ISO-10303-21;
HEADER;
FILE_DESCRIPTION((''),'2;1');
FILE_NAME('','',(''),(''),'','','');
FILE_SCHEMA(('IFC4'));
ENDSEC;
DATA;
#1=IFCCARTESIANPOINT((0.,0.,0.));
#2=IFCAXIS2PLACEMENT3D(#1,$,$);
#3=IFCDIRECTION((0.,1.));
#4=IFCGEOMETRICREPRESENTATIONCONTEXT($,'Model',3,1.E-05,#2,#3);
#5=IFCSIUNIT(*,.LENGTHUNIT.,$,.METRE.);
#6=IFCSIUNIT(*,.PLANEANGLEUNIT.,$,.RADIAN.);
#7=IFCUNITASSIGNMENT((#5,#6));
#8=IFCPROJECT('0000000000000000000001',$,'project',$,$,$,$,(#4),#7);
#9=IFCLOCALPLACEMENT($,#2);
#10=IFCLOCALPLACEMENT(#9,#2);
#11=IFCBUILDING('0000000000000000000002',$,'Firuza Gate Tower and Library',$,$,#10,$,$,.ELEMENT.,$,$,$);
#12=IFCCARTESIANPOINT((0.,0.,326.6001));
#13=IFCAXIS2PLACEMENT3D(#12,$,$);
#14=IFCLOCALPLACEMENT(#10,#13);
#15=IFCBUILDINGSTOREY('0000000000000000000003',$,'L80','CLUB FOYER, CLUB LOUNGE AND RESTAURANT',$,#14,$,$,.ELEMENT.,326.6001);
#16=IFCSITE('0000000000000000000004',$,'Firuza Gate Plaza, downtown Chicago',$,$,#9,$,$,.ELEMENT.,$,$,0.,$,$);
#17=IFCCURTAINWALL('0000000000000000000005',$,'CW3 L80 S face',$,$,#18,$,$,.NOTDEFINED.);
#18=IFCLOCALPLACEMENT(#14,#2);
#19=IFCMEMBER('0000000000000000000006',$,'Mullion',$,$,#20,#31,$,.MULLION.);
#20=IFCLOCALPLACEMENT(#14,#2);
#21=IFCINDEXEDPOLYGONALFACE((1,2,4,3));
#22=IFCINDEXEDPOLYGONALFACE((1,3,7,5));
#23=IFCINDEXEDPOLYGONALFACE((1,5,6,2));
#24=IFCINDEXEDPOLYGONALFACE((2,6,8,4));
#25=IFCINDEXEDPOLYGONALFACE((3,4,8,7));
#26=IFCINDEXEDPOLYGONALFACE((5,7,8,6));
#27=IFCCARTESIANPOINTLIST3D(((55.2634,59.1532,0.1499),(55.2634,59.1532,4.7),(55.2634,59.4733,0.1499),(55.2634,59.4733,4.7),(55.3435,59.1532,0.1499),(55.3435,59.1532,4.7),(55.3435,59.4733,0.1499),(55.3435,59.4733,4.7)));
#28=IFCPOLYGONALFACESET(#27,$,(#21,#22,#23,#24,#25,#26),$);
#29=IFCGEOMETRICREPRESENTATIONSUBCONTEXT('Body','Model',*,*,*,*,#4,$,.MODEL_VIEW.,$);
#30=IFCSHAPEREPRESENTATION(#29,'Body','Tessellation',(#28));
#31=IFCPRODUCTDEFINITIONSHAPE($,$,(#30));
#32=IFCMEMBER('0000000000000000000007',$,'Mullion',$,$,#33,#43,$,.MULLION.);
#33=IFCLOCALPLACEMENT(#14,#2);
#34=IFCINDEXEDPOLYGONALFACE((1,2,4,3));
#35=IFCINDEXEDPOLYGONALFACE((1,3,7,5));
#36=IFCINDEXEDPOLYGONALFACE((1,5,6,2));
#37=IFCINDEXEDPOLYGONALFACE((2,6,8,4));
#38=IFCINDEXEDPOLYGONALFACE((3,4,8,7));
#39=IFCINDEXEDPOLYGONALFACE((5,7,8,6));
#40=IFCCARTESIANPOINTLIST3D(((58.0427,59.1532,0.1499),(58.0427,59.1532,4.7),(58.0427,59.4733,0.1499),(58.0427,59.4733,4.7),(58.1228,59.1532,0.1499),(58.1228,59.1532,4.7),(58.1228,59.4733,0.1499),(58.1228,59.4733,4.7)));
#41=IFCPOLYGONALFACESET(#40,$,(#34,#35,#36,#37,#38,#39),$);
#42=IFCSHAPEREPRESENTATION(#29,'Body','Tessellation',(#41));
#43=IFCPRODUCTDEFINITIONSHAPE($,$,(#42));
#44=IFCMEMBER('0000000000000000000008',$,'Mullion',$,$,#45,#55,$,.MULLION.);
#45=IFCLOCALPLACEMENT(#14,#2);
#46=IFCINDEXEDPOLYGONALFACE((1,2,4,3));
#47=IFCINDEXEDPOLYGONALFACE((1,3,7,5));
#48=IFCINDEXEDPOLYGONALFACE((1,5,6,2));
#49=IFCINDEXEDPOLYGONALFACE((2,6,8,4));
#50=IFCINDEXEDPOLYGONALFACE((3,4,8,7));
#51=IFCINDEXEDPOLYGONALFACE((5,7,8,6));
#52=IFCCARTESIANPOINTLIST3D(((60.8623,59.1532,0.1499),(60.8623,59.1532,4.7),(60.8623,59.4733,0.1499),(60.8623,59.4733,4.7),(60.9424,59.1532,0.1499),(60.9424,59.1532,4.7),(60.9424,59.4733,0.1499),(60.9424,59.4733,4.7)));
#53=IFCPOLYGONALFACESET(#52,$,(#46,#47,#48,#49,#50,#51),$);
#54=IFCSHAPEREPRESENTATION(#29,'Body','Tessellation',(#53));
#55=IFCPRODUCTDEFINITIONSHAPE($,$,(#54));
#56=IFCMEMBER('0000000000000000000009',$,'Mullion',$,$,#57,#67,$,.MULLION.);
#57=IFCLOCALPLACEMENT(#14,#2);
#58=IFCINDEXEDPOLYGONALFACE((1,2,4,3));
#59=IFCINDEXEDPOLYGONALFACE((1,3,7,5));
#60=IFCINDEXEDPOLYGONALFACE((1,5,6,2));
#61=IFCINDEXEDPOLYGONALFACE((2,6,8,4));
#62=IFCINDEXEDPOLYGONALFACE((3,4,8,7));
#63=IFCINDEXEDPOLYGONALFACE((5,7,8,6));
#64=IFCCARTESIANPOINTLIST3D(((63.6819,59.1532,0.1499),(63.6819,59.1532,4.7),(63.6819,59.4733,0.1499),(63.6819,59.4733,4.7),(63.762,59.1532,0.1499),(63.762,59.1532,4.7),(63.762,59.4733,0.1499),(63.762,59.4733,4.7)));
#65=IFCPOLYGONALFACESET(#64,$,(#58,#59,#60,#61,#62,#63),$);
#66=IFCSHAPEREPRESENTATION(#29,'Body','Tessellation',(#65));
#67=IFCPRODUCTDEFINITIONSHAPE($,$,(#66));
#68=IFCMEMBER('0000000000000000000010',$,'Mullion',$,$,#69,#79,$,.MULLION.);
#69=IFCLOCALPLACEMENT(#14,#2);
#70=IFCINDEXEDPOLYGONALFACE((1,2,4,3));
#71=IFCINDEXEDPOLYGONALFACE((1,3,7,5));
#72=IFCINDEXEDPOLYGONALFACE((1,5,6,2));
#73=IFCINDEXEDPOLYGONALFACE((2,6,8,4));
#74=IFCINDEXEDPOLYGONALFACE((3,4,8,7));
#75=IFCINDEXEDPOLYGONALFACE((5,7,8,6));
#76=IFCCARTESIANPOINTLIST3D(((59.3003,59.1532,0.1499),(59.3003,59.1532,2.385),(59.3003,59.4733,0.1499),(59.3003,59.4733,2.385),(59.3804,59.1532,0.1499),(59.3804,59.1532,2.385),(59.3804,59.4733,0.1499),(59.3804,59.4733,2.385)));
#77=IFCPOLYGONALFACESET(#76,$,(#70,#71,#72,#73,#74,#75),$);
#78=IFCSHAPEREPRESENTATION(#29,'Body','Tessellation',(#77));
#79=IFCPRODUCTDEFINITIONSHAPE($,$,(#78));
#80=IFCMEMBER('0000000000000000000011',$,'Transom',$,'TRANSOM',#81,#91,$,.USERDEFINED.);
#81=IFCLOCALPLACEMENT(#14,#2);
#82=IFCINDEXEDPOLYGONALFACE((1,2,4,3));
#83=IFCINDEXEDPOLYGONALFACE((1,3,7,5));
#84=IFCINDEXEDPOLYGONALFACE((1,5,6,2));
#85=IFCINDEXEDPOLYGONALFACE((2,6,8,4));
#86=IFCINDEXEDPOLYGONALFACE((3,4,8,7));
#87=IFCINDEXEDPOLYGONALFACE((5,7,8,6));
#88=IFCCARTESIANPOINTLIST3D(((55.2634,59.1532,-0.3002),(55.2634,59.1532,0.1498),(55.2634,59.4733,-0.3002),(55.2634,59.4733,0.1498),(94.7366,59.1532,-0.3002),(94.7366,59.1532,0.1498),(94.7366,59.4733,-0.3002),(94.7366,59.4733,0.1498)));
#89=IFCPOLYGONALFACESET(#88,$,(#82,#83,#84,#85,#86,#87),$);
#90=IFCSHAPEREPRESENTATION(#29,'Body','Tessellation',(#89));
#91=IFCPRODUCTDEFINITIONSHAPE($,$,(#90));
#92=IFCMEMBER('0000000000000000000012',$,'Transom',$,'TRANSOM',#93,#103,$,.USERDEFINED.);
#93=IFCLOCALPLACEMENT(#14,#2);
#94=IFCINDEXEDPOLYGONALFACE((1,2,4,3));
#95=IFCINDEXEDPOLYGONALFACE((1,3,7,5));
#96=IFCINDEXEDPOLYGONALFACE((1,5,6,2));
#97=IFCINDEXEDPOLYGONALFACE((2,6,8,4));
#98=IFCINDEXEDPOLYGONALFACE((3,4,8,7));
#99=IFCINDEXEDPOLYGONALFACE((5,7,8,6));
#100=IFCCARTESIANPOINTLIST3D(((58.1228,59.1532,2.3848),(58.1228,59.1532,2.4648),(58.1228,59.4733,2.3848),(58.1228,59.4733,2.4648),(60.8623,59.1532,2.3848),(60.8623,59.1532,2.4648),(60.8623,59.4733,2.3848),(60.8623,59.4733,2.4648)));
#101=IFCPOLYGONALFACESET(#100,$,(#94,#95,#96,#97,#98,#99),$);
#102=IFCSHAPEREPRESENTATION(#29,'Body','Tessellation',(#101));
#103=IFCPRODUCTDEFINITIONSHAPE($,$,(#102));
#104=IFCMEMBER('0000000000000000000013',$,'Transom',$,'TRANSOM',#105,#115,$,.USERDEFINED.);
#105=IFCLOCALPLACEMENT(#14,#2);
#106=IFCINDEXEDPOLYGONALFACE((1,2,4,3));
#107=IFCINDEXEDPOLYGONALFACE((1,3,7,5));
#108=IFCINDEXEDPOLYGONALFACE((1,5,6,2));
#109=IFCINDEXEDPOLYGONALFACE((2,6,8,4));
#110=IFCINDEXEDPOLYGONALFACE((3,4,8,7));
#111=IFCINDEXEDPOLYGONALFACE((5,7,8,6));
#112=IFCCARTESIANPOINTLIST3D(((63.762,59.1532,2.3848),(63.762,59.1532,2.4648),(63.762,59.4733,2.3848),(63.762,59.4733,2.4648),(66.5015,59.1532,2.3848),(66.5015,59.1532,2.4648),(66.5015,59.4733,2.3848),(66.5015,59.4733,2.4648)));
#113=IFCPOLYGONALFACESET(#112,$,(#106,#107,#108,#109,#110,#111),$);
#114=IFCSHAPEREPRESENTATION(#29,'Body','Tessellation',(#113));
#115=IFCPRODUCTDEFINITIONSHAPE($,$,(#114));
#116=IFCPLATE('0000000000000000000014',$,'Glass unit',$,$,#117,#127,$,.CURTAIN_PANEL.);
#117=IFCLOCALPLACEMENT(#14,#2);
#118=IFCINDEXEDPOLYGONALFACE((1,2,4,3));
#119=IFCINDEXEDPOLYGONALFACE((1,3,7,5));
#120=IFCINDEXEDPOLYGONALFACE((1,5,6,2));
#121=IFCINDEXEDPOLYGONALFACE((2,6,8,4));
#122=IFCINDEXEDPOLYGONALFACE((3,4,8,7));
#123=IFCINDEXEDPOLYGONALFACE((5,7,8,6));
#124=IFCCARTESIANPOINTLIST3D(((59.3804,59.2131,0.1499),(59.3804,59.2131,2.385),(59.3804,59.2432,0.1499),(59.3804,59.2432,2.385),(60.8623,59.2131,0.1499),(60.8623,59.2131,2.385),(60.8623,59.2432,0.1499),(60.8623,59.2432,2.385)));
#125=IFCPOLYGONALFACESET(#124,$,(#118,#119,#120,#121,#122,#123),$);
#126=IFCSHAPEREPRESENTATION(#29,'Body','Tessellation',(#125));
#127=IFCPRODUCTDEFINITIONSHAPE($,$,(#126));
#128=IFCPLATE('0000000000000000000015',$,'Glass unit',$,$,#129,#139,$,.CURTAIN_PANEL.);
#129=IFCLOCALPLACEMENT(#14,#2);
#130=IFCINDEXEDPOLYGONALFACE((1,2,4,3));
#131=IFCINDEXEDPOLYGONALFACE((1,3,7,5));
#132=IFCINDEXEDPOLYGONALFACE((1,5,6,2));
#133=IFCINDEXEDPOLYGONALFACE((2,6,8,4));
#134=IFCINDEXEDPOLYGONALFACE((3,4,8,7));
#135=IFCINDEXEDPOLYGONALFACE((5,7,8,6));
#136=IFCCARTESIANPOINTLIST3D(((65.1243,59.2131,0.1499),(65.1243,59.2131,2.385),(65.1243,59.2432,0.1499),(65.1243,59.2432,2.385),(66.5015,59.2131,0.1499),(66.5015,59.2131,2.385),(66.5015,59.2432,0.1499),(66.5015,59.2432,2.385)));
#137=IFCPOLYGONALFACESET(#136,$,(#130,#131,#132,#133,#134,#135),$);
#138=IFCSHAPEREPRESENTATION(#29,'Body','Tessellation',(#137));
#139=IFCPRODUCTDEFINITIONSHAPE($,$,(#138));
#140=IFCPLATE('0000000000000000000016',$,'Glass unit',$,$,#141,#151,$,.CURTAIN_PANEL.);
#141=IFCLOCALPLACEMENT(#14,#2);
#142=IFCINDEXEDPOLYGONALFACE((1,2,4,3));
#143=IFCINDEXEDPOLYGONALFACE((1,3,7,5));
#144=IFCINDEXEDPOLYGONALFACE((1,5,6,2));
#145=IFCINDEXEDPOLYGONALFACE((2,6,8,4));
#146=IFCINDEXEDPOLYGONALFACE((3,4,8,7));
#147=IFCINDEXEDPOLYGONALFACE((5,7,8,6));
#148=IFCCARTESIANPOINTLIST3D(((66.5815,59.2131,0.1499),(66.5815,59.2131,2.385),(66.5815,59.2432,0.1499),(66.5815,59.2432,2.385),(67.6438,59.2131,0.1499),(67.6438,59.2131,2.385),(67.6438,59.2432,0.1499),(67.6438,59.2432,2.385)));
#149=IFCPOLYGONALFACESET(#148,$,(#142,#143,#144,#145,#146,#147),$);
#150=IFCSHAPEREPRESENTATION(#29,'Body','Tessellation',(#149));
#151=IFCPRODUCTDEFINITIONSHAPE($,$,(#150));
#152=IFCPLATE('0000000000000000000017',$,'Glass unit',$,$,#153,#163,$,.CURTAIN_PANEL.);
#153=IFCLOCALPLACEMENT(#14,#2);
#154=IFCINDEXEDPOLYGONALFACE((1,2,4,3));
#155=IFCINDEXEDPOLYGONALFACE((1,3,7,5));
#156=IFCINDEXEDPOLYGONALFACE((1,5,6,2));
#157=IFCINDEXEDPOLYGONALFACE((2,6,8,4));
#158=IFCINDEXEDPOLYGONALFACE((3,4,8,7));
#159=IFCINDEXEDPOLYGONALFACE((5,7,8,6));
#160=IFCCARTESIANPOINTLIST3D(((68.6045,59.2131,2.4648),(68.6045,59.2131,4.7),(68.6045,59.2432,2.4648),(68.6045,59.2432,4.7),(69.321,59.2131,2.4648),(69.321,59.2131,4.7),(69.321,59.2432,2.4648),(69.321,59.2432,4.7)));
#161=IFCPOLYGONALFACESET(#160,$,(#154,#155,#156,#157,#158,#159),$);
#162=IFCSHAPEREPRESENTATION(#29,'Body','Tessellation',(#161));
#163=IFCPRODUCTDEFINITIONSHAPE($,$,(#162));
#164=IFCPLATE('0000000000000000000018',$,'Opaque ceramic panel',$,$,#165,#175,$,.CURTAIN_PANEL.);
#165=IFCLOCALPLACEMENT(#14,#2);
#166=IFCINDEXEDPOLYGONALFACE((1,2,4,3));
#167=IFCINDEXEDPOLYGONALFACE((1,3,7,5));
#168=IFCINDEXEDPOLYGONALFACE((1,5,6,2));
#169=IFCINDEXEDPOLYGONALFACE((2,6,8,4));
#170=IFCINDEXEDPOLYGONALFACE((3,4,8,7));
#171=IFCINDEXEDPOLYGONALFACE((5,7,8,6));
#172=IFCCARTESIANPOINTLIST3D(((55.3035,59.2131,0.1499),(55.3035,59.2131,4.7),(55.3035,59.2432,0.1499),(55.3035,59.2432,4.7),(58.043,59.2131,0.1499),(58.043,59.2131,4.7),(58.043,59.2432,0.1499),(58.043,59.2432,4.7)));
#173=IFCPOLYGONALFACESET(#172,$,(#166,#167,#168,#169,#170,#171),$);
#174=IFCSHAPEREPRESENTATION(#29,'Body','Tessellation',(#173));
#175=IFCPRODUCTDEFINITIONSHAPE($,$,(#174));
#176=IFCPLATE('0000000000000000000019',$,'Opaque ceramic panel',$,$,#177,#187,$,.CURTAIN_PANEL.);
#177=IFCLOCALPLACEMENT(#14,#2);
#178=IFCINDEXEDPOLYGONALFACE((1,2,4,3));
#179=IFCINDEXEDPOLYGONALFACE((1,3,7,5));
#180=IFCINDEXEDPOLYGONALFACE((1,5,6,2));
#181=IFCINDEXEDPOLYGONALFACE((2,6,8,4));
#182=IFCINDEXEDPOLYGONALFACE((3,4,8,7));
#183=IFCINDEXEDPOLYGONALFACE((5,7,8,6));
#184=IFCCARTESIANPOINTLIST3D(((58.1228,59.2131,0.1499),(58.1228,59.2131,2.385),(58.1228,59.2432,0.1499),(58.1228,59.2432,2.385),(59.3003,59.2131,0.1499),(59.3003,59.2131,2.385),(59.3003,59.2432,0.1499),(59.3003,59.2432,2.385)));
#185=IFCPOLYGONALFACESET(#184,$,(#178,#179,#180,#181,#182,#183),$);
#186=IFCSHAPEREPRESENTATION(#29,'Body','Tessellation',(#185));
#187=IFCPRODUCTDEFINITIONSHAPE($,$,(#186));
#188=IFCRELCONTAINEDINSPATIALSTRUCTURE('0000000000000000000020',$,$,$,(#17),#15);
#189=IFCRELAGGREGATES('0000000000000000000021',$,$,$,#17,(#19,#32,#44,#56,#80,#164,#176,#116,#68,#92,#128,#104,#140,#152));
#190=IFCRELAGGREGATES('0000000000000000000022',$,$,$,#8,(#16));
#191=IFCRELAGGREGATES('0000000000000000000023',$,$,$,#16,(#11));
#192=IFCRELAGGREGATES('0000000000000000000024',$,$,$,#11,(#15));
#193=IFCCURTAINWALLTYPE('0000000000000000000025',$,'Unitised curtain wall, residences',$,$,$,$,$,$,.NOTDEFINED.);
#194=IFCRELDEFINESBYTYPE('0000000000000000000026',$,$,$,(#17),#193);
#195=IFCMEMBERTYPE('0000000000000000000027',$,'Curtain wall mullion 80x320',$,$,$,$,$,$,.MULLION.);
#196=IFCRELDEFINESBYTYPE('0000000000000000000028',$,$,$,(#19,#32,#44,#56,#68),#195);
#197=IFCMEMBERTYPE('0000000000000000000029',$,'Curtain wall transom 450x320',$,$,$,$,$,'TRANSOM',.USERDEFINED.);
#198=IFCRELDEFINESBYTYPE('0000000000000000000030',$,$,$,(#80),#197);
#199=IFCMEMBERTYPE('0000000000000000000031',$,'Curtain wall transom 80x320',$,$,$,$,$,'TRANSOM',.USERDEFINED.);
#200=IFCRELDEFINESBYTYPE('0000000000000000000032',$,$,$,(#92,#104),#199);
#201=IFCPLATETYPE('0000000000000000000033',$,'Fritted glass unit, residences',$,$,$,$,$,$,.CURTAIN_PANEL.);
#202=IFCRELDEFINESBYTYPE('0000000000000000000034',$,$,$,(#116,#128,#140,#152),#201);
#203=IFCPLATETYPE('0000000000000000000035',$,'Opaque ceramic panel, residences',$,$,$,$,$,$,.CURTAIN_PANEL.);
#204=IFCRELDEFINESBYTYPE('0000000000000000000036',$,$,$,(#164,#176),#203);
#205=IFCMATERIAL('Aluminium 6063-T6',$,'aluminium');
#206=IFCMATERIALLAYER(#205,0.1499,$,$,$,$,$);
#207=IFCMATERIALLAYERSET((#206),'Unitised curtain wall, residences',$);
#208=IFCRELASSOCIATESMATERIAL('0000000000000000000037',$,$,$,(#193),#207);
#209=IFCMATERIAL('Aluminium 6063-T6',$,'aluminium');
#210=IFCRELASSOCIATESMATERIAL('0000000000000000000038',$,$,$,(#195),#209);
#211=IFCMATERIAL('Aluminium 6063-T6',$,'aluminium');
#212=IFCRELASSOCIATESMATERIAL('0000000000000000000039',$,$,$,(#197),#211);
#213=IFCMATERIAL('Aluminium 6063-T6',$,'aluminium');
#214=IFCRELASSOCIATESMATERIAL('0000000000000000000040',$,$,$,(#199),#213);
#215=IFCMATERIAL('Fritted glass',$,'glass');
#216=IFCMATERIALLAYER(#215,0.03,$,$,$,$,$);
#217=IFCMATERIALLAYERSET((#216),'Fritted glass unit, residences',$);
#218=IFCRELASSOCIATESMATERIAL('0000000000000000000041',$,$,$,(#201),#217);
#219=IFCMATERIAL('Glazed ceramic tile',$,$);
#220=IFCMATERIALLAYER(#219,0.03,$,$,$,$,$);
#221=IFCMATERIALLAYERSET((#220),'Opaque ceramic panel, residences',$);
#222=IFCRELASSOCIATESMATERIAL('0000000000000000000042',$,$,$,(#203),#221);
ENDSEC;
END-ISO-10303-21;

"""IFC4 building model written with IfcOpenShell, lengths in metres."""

from ifc_helpers import new_model, si_unit, direction, frame, origin, origin_2d, place, context, subcontext, project, spatial, polyline, rectangle, outline, extrude, material, layer, layer_set, material_profile, profile_set, type_object, element, aggregate, save


model = new_model("IFC4")

# Units and contexts
model_context = context("Model", 3, precision=1e-05, world=origin(), true_north=direction((0.0, 1.0)))
body_context = subcontext(model_context, "Body", "Model", "MODEL_VIEW")
ifc_project = project(units=[si_unit("LENGTHUNIT", "METRE"), si_unit("PLANEANGLEUNIT", "RADIAN")], contexts=[model_context])

# Site, building, storey
site_placement = place(None, origin())
site = spatial("IfcSite", under=ifc_project, at=site_placement, Name="Firuza Gate Plaza, downtown Chicago", CompositionType="ELEMENT", RefElevation=0.0)
building_placement = place(site_placement, origin())
building = spatial("IfcBuilding", under=site, at=building_placement, Name="Firuza Gate Tower and Library", CompositionType="ELEMENT")
storey_placement = place(building_placement, frame((0.0, 0.0, 326.6001)))
storey = spatial("IfcBuildingStorey", under=building, at=storey_placement, Name="L80", Description="CLUB FOYER, CLUB LOUNGE AND RESTAURANT", CompositionType="ELEMENT", Elevation=326.6001)

# Curtain wall, members, plates
ifc_material_1 = material(Name="Aluminium 6063-T6", Category="aluminium")
ifc_layer_1 = layer(ifc_material_1, 0.1499)
ifc_layer_set_1 = layer_set([ifc_layer_1], Name="Unitised curtain wall, residences")
curtain_wall_type = type_object("IfcCurtainWallType", Name="Unitised curtain wall, residences", PredefinedType="NOTDEFINED", material=ifc_layer_set_1)
placement_1 = place(storey_placement, origin())
curtain_wall = element("IfcCurtainWall", 1, at=placement_1, inside=storey, type_object=curtain_wall_type, Name="CW3 L80 S face", PredefinedType="NOTDEFINED")
ifc_material_2 = material(Name="Aluminium 6063-T6", Category="aluminium")
ifc_material_profile_1 = material_profile(ifc_material_2, rectangle(XDim=0.3201, YDim=0.0801, at=origin_2d()))
ifc_profile_set_1 = profile_set([ifc_material_profile_1], Name="Aluminium 6063-T6")
member_type_1 = type_object("IfcMemberType", Name="Curtain wall mullion 80x320", PredefinedType="MULLION", material=ifc_profile_set_1)
member_1_placement = place(storey_placement, frame((55.3035, 59.3132, 0.1499), z_axis=(0.0, 0.0, 1.0), x_axis=(0.0, 1.0, 0.0)))
member_1 = element("IfcMember", 2, at=member_1_placement, type_object=member_type_1, Name="Mullion", PredefinedType="MULLION", context=body_context, shape_type="SweptSolid", body=[
    extrude(rectangle(XDim=0.3201, YDim=0.0801, at=origin_2d()), origin(), (0.0, 0.0, 1.0), 4.55),
])
member_2_placement = place(storey_placement, frame((58.0828, 59.3132, 0.1499), z_axis=(0.0, 0.0, 1.0), x_axis=(0.0, 1.0, 0.0)))
member_2 = element("IfcMember", 3, at=member_2_placement, type_object=member_type_1, Name="Mullion", PredefinedType="MULLION", context=body_context, shape_type="SweptSolid", body=[
    extrude(rectangle(XDim=0.3201, YDim=0.0801, at=origin_2d()), origin(), (0.0, 0.0, 1.0), 4.55),
])
member_3_placement = place(storey_placement, frame((60.9023, 59.3132, 0.1499), z_axis=(0.0, 0.0, 1.0), x_axis=(0.0, 1.0, 0.0)))
member_3 = element("IfcMember", 4, at=member_3_placement, type_object=member_type_1, Name="Mullion", PredefinedType="MULLION", context=body_context, shape_type="SweptSolid", body=[
    extrude(rectangle(XDim=0.3201, YDim=0.0801, at=origin_2d()), origin(), (0.0, 0.0, 1.0), 4.55),
])
member_4_placement = place(storey_placement, frame((63.7219, 59.3132, 0.1499), z_axis=(0.0, 0.0, 1.0), x_axis=(0.0, 1.0, 0.0)))
member_4 = element("IfcMember", 5, at=member_4_placement, type_object=member_type_1, Name="Mullion", PredefinedType="MULLION", context=body_context, shape_type="SweptSolid", body=[
    extrude(rectangle(XDim=0.3201, YDim=0.0801, at=origin_2d()), origin(), (0.0, 0.0, 1.0), 4.55),
])
member_5_placement = place(storey_placement, frame((59.3403, 59.3132, 0.1499), z_axis=(0.0, 0.0, 1.0), x_axis=(0.0, 1.0, 0.0)))
member_5 = element("IfcMember", 6, at=member_5_placement, type_object=member_type_1, Name="Mullion", PredefinedType="MULLION", context=body_context, shape_type="SweptSolid", body=[
    extrude(rectangle(XDim=0.3201, YDim=0.0801, at=origin_2d()), origin(), (0.0, 0.0, 1.0), 2.2351),
])
ifc_material_3 = material(Name="Aluminium 6063-T6", Category="aluminium")
ifc_material_profile_2 = material_profile(ifc_material_3, rectangle(XDim=0.3201, YDim=0.45, at=origin_2d()))
ifc_profile_set_2 = profile_set([ifc_material_profile_2], Name="Aluminium 6063-T6")
member_type_2 = type_object("IfcMemberType", Name="Curtain wall transom 450x320", ElementType="TRANSOM", PredefinedType="USERDEFINED", material=ifc_profile_set_2)
member_6_placement = place(storey_placement, frame((55.2634, 59.3132, -0.0752), z_axis=(1.0, 0.0, 0.0), x_axis=(0.0, 1.0, 0.0)))
member_6 = element("IfcMember", 7, at=member_6_placement, type_object=member_type_2, Name="Transom", ObjectType="TRANSOM", PredefinedType="USERDEFINED", context=body_context, shape_type="SweptSolid", body=[
    extrude(rectangle(XDim=0.3201, YDim=0.45, at=origin_2d()), origin(), (0.0, 0.0, 1.0), 39.4731),
])
ifc_material_4 = material(Name="Aluminium 6063-T6", Category="aluminium")
ifc_material_profile_3 = material_profile(ifc_material_4, rectangle(XDim=0.3201, YDim=0.0801, at=origin_2d()))
ifc_profile_set_3 = profile_set([ifc_material_profile_3], Name="Aluminium 6063-T6")
member_type_3 = type_object("IfcMemberType", Name="Curtain wall transom 80x320", ElementType="TRANSOM", PredefinedType="USERDEFINED", material=ifc_profile_set_3)
member_7_placement = place(storey_placement, frame((58.1228, 59.3132, 2.4248), z_axis=(1.0, 0.0, 0.0), x_axis=(0.0, 1.0, 0.0)))
member_7 = element("IfcMember", 8, at=member_7_placement, type_object=member_type_3, Name="Transom", ObjectType="TRANSOM", PredefinedType="USERDEFINED", context=body_context, shape_type="SweptSolid", body=[
    extrude(rectangle(XDim=0.3201, YDim=0.0801, at=origin_2d()), origin(), (0.0, 0.0, 1.0), 2.7395),
])
member_8_placement = place(storey_placement, frame((63.762, 59.3132, 2.4248), z_axis=(1.0, 0.0, 0.0), x_axis=(0.0, 1.0, 0.0)))
member_8 = element("IfcMember", 9, at=member_8_placement, type_object=member_type_3, Name="Transom", ObjectType="TRANSOM", PredefinedType="USERDEFINED", context=body_context, shape_type="SweptSolid", body=[
    extrude(rectangle(XDim=0.3201, YDim=0.0801, at=origin_2d()), origin(), (0.0, 0.0, 1.0), 2.7395),
])
ifc_material_5 = material(Name="Fritted glass", Category="glass")
ifc_layer_2 = layer(ifc_material_5, 0.03)
ifc_layer_set_2 = layer_set([ifc_layer_2], Name="Fritted glass unit, residences")
plate_type_1 = type_object("IfcPlateType", Name="Fritted glass unit, residences", PredefinedType="CURTAIN_PANEL", material=ifc_layer_set_2)
plate_1_placement = place(storey_placement, frame((59.3804, 59.2131, 0.1499), z_axis=(0.0, -1.0, 0.0), x_axis=(1.0, 0.0, 0.0)))
plate_1 = element("IfcPlate", 10, at=plate_1_placement, type_object=plate_type_1, Name="Glass unit", PredefinedType="CURTAIN_PANEL", context=body_context, shape_type="SweptSolid", body=[
    extrude(outline(polyline([(0.0, 0.0), (1.4819, 0.0), (1.4819, 2.2351), (0.0, 2.2351), (0.0, 0.0)])), origin(), (0.0, 0.0, -1.0), 0.03),
])
plate_2_placement = place(storey_placement, frame((65.1243, 59.2131, 0.1499), z_axis=(0.0, -1.0, 0.0), x_axis=(1.0, 0.0, 0.0)))
plate_2 = element("IfcPlate", 11, at=plate_2_placement, type_object=plate_type_1, Name="Glass unit", PredefinedType="CURTAIN_PANEL", context=body_context, shape_type="SweptSolid", body=[
    extrude(outline(polyline([(0.0, 0.0), (1.3772, 0.0), (1.3772, 2.2351), (0.0, 2.2351), (0.0, 0.0)])), origin(), (0.0, 0.0, -1.0), 0.03),
])
plate_3_placement = place(storey_placement, frame((66.5815, 59.2131, 0.1499), z_axis=(0.0, -1.0, 0.0), x_axis=(1.0, 0.0, 0.0)))
plate_3 = element("IfcPlate", 12, at=plate_3_placement, type_object=plate_type_1, Name="Glass unit", PredefinedType="CURTAIN_PANEL", context=body_context, shape_type="SweptSolid", body=[
    extrude(outline(polyline([(0.0, 0.0), (1.0623, 0.0), (1.0623, 2.2351), (0.0, 2.2351), (0.0, 0.0)])), origin(), (0.0, 0.0, -1.0), 0.03),
])
plate_4_placement = place(storey_placement, frame((68.6045, 59.2131, 2.4648), z_axis=(0.0, -1.0, 0.0), x_axis=(1.0, 0.0, 0.0)))
plate_4 = element("IfcPlate", 13, at=plate_4_placement, type_object=plate_type_1, Name="Glass unit", PredefinedType="CURTAIN_PANEL", context=body_context, shape_type="SweptSolid", body=[
    extrude(outline(polyline([(0.0, 0.0), (0.7166, 0.0), (0.7166, 2.2351), (0.0, 2.2351), (0.0, 0.0)])), origin(), (0.0, 0.0, -1.0), 0.03),
])
ifc_material_6 = material(Name="Glazed ceramic tile")
ifc_layer_3 = layer(ifc_material_6, 0.03)
ifc_layer_set_3 = layer_set([ifc_layer_3], Name="Opaque ceramic panel, residences")
plate_type_2 = type_object("IfcPlateType", Name="Opaque ceramic panel, residences", PredefinedType="CURTAIN_PANEL", material=ifc_layer_set_3)
plate_5_placement = place(storey_placement, frame((55.3035, 59.2131, 0.1499), z_axis=(0.0, -1.0, 0.0), x_axis=(1.0, 0.0, 0.0)))
plate_5 = element("IfcPlate", 14, at=plate_5_placement, type_object=plate_type_2, Name="Opaque ceramic panel", PredefinedType="CURTAIN_PANEL", context=body_context, shape_type="SweptSolid", body=[
    extrude(outline(polyline([(0.0, 0.0), (2.7395, 0.0), (2.7395, 4.55), (0.0, 4.55), (0.0, 0.0)])), origin(), (0.0, 0.0, -1.0), 0.03),
])
plate_6_placement = place(storey_placement, frame((58.1228, 59.2131, 0.1499), z_axis=(0.0, -1.0, 0.0), x_axis=(1.0, 0.0, 0.0)))
plate_6 = element("IfcPlate", 15, at=plate_6_placement, type_object=plate_type_2, Name="Opaque ceramic panel", PredefinedType="CURTAIN_PANEL", context=body_context, shape_type="SweptSolid", body=[
    extrude(outline(polyline([(0.0, 0.0), (1.1775, 0.0), (1.1775, 2.2351), (0.0, 2.2351), (0.0, 0.0)])), origin(), (0.0, 0.0, -1.0), 0.03),
])
aggregate(curtain_wall, [member_1, member_2, member_3, member_4, member_6, plate_5, plate_6, plate_1, member_5, member_7, plate_2, member_8, plate_3, plate_4])

save(model, "model.ifc")
